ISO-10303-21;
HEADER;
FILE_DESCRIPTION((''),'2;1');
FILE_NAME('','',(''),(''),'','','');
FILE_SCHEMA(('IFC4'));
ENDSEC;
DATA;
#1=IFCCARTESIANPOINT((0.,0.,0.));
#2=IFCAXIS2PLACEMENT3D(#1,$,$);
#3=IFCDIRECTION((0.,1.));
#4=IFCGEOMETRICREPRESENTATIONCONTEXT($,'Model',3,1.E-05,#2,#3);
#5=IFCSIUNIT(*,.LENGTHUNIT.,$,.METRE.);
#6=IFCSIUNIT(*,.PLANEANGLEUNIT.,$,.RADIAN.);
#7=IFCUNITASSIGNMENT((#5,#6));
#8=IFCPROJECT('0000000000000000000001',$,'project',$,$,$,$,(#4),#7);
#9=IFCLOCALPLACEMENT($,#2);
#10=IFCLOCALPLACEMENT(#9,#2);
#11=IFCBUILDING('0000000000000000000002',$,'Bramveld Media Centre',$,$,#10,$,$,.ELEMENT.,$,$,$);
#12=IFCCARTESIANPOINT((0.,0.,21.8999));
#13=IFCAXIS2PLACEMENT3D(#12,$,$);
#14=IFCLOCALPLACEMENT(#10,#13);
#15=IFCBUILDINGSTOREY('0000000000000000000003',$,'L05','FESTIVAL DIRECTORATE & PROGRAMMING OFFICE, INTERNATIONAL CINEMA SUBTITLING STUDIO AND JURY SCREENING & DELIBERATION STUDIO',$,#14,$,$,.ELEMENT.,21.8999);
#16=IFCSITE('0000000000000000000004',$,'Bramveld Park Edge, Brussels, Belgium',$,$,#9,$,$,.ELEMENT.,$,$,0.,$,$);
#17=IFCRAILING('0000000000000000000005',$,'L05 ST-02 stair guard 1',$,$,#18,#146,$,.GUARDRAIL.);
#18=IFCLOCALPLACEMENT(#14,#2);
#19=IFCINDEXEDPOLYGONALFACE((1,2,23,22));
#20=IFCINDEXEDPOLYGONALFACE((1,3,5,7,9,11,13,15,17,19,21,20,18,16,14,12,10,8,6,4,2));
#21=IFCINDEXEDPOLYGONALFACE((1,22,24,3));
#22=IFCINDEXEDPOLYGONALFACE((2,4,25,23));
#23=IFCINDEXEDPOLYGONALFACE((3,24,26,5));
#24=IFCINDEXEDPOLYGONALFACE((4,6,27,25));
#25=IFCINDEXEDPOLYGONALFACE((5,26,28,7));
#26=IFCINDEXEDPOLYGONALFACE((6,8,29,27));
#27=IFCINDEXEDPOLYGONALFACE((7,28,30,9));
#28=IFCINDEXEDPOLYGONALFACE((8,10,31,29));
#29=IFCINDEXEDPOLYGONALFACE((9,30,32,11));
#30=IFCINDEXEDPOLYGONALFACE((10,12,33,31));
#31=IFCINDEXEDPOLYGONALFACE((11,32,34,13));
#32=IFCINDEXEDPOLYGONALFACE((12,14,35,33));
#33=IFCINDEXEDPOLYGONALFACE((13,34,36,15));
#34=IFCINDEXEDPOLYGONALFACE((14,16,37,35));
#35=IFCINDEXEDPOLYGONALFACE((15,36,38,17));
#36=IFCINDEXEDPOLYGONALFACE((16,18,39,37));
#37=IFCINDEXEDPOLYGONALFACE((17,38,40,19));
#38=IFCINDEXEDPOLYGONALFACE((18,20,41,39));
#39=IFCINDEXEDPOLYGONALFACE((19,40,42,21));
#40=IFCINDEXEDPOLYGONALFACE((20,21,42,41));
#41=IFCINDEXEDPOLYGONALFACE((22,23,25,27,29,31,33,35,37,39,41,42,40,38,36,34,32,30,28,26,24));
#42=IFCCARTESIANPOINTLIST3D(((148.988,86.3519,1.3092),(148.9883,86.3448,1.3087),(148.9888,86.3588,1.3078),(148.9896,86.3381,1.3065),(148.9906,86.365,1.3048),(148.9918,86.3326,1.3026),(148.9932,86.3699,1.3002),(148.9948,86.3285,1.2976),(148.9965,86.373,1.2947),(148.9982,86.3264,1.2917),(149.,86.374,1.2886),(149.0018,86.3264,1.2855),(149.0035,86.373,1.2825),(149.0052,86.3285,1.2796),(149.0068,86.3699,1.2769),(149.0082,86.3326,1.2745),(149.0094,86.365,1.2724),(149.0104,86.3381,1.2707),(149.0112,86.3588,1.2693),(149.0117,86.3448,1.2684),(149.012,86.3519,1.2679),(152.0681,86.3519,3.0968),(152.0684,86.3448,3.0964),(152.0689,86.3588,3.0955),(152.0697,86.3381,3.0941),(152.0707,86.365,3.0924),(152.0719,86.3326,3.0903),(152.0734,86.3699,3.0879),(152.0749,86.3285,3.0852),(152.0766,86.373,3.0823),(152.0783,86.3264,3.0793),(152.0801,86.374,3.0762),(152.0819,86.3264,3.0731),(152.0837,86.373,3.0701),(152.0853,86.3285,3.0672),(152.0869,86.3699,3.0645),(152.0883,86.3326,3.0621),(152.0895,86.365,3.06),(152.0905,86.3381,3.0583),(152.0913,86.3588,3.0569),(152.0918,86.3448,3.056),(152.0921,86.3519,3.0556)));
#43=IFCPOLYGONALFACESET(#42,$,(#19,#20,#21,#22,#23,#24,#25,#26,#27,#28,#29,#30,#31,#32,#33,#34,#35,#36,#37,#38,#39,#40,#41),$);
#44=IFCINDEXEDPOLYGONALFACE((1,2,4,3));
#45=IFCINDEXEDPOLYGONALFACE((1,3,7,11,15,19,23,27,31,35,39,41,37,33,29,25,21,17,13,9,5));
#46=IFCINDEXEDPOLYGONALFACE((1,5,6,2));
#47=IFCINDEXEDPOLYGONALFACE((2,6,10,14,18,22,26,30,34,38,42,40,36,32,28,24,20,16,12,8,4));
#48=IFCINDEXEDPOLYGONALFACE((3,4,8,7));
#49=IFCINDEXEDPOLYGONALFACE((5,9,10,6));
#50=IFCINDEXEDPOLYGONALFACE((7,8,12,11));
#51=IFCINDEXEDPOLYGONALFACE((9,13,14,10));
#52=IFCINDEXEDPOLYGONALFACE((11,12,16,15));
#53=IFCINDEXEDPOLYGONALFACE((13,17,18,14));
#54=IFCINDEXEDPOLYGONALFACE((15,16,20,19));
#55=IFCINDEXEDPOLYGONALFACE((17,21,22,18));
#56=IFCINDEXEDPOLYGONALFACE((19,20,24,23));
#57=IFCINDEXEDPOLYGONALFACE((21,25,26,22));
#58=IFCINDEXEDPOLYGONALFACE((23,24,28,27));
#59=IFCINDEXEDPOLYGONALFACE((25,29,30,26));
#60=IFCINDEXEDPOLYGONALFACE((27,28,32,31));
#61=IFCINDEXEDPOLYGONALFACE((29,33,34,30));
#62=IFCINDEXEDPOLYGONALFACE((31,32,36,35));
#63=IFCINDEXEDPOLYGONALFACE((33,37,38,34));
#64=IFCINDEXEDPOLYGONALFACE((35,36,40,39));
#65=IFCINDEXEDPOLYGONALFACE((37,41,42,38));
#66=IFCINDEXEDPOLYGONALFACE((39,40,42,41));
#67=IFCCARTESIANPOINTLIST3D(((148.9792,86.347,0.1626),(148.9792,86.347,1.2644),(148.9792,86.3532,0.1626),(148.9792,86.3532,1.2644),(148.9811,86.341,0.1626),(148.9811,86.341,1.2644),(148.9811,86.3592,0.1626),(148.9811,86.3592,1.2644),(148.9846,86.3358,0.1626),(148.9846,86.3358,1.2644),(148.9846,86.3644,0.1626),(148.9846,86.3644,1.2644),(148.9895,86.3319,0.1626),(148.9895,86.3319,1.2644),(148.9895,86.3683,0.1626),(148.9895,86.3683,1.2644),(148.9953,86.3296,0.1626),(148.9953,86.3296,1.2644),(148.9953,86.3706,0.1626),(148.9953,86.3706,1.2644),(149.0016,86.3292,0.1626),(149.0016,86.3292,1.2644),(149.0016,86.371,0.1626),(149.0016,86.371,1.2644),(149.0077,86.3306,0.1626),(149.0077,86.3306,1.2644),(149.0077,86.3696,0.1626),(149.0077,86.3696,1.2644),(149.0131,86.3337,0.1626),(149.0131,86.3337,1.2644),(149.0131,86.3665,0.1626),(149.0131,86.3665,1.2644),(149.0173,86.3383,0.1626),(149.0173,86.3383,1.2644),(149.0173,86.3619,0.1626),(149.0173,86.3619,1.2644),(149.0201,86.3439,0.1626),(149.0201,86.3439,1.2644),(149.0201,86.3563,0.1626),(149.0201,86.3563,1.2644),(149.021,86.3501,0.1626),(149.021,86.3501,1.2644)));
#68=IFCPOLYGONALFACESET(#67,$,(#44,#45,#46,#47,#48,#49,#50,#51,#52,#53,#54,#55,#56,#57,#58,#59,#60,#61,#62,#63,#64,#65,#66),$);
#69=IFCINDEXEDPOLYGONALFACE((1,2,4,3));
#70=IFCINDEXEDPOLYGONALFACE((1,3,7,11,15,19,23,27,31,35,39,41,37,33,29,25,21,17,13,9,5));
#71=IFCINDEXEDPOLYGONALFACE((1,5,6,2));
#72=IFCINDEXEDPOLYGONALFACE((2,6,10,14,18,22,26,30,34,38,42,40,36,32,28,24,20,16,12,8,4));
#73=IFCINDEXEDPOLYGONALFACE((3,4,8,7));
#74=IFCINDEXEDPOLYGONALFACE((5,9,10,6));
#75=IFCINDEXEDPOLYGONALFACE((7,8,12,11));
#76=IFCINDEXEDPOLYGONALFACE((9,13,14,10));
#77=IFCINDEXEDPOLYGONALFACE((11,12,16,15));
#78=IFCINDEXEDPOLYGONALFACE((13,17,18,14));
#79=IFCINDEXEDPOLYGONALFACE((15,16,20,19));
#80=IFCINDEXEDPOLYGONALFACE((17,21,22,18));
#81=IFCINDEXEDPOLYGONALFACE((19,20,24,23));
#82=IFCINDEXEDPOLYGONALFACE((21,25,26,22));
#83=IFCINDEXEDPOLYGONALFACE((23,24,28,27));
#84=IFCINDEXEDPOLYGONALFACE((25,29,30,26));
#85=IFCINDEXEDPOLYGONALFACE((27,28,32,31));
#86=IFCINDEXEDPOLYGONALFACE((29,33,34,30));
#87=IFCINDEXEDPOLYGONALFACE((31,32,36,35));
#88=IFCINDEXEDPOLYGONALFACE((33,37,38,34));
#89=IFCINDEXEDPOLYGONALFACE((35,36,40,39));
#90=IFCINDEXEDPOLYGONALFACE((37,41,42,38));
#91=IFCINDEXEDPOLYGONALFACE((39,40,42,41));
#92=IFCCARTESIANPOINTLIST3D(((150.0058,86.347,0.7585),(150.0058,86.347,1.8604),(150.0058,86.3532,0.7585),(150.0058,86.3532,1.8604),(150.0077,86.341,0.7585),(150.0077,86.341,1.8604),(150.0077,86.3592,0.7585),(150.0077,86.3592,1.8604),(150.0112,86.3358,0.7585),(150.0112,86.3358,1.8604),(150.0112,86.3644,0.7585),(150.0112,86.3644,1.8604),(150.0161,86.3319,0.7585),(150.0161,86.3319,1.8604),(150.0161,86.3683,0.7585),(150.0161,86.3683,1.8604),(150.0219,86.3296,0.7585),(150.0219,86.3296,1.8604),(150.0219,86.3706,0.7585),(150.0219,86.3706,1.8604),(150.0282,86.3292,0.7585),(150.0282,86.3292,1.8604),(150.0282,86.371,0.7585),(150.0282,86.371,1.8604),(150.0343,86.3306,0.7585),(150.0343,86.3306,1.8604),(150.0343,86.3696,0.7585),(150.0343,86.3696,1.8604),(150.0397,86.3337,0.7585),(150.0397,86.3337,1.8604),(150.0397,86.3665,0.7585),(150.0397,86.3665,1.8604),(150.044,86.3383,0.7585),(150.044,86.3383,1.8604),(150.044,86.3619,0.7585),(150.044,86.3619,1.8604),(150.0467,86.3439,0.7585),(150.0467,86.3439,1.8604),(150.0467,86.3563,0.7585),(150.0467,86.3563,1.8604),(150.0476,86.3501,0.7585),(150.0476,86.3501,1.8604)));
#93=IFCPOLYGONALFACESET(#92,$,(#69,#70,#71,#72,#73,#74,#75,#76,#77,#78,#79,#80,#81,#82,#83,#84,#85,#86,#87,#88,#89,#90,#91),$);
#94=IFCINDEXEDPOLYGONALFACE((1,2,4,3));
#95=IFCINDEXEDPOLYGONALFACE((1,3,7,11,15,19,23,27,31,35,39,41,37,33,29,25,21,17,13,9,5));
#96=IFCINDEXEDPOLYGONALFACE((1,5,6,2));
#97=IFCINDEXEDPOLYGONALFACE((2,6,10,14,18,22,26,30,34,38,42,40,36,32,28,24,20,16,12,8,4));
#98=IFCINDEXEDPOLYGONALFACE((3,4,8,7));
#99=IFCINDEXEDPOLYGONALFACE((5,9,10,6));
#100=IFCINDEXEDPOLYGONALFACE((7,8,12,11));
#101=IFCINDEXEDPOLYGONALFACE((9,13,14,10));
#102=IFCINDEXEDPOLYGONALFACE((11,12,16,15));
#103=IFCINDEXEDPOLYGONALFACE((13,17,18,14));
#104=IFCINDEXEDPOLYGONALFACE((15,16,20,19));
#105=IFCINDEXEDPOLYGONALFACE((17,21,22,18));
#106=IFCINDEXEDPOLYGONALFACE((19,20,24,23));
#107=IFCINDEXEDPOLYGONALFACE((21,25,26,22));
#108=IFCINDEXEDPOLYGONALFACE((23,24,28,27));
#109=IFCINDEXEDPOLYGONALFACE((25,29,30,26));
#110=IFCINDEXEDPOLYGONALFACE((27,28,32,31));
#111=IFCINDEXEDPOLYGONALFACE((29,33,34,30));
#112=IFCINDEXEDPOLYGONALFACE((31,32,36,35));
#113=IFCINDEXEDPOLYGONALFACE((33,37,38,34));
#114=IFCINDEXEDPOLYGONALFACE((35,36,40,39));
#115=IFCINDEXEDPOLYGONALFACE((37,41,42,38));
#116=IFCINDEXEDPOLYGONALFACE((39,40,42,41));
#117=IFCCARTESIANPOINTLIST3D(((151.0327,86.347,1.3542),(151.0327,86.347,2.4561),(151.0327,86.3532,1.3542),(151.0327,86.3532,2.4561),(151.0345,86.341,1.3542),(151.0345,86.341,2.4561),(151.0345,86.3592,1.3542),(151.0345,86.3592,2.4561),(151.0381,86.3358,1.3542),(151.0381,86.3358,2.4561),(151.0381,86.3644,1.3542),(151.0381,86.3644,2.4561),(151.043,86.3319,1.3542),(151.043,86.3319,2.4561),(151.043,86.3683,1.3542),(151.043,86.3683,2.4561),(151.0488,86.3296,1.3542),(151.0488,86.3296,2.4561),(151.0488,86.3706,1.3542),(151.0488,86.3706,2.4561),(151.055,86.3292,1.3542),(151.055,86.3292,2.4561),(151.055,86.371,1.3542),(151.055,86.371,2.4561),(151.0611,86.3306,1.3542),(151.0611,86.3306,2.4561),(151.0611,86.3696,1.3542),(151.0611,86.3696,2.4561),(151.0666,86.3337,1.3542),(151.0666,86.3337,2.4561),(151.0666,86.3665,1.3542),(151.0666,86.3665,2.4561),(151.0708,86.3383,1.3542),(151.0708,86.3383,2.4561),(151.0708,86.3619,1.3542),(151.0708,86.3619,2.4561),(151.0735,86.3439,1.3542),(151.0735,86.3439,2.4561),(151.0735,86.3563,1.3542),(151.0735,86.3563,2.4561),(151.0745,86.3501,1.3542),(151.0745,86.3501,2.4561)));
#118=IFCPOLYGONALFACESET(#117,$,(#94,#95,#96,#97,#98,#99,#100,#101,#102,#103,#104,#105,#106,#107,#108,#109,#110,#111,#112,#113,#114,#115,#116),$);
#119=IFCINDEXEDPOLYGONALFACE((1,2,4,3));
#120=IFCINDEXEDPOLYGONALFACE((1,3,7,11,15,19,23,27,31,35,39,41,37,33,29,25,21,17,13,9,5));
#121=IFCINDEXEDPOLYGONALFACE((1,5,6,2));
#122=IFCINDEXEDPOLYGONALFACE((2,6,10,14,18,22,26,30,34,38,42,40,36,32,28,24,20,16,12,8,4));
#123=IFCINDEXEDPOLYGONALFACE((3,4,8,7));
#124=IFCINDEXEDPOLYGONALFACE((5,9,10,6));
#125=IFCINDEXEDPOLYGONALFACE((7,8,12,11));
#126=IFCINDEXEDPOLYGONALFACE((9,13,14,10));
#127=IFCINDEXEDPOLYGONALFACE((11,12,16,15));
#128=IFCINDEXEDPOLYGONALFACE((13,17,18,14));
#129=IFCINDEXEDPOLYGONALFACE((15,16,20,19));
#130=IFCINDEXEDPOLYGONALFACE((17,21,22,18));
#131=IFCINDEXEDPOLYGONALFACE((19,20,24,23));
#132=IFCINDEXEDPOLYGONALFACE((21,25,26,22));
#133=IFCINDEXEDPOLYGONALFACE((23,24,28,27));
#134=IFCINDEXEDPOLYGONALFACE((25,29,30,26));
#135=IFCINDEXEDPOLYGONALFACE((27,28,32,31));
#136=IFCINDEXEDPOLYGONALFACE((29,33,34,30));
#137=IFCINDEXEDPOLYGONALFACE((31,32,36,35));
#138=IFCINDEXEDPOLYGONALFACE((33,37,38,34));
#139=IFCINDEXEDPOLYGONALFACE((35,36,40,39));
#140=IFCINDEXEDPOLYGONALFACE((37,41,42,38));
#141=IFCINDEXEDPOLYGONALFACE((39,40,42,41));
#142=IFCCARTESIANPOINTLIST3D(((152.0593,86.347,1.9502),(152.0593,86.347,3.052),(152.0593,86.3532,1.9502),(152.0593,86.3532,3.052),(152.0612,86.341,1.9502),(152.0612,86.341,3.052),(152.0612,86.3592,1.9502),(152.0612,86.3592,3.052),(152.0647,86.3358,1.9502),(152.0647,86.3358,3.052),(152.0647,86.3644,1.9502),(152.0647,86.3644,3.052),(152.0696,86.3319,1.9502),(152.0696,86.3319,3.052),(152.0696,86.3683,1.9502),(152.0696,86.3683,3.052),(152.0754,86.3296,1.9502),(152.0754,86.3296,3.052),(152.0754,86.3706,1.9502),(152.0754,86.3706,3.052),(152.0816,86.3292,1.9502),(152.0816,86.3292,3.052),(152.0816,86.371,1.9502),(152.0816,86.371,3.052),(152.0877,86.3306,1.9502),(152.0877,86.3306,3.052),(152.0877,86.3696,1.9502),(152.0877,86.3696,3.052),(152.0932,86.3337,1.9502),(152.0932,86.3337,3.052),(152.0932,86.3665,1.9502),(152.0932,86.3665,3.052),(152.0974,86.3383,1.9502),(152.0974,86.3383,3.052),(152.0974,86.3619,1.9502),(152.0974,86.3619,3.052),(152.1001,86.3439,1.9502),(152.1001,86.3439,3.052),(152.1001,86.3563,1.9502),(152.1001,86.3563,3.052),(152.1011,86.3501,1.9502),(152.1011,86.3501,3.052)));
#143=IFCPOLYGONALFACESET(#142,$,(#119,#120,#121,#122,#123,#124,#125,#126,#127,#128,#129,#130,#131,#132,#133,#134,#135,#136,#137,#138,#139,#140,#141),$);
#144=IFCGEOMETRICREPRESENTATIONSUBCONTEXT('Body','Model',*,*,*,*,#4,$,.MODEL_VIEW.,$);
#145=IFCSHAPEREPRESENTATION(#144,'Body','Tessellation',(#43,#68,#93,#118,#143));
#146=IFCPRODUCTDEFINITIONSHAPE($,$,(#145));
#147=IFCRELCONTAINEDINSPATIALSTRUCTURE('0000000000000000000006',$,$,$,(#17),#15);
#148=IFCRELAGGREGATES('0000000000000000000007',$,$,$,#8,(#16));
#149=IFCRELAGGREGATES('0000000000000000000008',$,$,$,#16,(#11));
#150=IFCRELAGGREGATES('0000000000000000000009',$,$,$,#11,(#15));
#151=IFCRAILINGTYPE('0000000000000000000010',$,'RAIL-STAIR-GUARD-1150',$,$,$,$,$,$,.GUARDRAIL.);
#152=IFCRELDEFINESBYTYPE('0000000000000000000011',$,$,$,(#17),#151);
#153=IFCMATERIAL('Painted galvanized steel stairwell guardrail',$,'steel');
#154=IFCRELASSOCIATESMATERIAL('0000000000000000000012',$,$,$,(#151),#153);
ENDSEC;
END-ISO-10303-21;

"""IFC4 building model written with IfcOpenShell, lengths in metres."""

from ifc_helpers import new_model, si_unit, direction, frame, origin, origin_2d, place, context, subcontext, project, spatial, circle, extrude, material, type_object, element, save


model = new_model("IFC4")

# Units and contexts
model_context = context("Model", 3, precision=1e-05, world=origin(), true_north=direction((0.0, 1.0)))
body_context = subcontext(model_context, "Body", "Model", "MODEL_VIEW")
ifc_project = project(units=[si_unit("LENGTHUNIT", "METRE"), si_unit("PLANEANGLEUNIT", "RADIAN")], contexts=[model_context])

# Site, building, storey
site_placement = place(None, origin())
site = spatial("IfcSite", under=ifc_project, at=site_placement, Name="Bramveld Park Edge, Brussels, Belgium", CompositionType="ELEMENT", RefElevation=0.0)
building_placement = place(site_placement, origin())
building = spatial("IfcBuilding", under=site, at=building_placement, Name="Bramveld Media Centre", CompositionType="ELEMENT")
storey_placement = place(building_placement, frame((0.0, 0.0, 21.8999)))
storey = spatial("IfcBuildingStorey", under=building, at=storey_placement, Name="L05", Description="FESTIVAL DIRECTORATE & PROGRAMMING OFFICE, INTERNATIONAL CINEMA SUBTITLING STUDIO AND JURY SCREENING & DELIBERATION STUDIO", CompositionType="ELEMENT", Elevation=21.8999)

# Railing
ifc_material_1 = material(Name="Painted galvanized steel stairwell guardrail", Category="steel")
railing_type_1 = type_object("IfcRailingType", Name="RAIL-STAIR-GUARD-1150", PredefinedType="GUARDRAIL", material=ifc_material_1)
railing_1_placement = place(storey_placement, frame((149.0, 86.3501, 0.1626)))
element("IfcRailing", 1, at=railing_1_placement, inside=storey, type_object=railing_type_1, Name="L05 ST-02 stair guard 1", PredefinedType="GUARDRAIL", context=body_context, shape_type="SweptSolid", body=[
    extrude(circle(Radius=0.0239, at=origin_2d()), frame((0.0, 0.0, 1.126), z_axis=(0.864891, 0.0, 0.50196), x_axis=(0.0, 1.0, 0.0)), (0.0, 0.0, 1.0), 3.5613),
    extrude(circle(Radius=0.021, at=origin_2d()), origin(), (0.0, 0.0, 1.0), 1.1018),
    extrude(circle(Radius=0.021, at=origin_2d()), frame((1.0266, 0.0, 0.5959)), (0.0, 0.0, 1.0), 1.1018),
    extrude(circle(Radius=0.021, at=origin_2d()), frame((2.0535, 0.0, 1.1917)), (0.0, 0.0, 1.0), 1.1018),
    extrude(circle(Radius=0.021, at=origin_2d()), frame((3.0801, 0.0, 1.7876)), (0.0, 0.0, 1.0), 1.1018),
])

save(model, "model.ifc")
